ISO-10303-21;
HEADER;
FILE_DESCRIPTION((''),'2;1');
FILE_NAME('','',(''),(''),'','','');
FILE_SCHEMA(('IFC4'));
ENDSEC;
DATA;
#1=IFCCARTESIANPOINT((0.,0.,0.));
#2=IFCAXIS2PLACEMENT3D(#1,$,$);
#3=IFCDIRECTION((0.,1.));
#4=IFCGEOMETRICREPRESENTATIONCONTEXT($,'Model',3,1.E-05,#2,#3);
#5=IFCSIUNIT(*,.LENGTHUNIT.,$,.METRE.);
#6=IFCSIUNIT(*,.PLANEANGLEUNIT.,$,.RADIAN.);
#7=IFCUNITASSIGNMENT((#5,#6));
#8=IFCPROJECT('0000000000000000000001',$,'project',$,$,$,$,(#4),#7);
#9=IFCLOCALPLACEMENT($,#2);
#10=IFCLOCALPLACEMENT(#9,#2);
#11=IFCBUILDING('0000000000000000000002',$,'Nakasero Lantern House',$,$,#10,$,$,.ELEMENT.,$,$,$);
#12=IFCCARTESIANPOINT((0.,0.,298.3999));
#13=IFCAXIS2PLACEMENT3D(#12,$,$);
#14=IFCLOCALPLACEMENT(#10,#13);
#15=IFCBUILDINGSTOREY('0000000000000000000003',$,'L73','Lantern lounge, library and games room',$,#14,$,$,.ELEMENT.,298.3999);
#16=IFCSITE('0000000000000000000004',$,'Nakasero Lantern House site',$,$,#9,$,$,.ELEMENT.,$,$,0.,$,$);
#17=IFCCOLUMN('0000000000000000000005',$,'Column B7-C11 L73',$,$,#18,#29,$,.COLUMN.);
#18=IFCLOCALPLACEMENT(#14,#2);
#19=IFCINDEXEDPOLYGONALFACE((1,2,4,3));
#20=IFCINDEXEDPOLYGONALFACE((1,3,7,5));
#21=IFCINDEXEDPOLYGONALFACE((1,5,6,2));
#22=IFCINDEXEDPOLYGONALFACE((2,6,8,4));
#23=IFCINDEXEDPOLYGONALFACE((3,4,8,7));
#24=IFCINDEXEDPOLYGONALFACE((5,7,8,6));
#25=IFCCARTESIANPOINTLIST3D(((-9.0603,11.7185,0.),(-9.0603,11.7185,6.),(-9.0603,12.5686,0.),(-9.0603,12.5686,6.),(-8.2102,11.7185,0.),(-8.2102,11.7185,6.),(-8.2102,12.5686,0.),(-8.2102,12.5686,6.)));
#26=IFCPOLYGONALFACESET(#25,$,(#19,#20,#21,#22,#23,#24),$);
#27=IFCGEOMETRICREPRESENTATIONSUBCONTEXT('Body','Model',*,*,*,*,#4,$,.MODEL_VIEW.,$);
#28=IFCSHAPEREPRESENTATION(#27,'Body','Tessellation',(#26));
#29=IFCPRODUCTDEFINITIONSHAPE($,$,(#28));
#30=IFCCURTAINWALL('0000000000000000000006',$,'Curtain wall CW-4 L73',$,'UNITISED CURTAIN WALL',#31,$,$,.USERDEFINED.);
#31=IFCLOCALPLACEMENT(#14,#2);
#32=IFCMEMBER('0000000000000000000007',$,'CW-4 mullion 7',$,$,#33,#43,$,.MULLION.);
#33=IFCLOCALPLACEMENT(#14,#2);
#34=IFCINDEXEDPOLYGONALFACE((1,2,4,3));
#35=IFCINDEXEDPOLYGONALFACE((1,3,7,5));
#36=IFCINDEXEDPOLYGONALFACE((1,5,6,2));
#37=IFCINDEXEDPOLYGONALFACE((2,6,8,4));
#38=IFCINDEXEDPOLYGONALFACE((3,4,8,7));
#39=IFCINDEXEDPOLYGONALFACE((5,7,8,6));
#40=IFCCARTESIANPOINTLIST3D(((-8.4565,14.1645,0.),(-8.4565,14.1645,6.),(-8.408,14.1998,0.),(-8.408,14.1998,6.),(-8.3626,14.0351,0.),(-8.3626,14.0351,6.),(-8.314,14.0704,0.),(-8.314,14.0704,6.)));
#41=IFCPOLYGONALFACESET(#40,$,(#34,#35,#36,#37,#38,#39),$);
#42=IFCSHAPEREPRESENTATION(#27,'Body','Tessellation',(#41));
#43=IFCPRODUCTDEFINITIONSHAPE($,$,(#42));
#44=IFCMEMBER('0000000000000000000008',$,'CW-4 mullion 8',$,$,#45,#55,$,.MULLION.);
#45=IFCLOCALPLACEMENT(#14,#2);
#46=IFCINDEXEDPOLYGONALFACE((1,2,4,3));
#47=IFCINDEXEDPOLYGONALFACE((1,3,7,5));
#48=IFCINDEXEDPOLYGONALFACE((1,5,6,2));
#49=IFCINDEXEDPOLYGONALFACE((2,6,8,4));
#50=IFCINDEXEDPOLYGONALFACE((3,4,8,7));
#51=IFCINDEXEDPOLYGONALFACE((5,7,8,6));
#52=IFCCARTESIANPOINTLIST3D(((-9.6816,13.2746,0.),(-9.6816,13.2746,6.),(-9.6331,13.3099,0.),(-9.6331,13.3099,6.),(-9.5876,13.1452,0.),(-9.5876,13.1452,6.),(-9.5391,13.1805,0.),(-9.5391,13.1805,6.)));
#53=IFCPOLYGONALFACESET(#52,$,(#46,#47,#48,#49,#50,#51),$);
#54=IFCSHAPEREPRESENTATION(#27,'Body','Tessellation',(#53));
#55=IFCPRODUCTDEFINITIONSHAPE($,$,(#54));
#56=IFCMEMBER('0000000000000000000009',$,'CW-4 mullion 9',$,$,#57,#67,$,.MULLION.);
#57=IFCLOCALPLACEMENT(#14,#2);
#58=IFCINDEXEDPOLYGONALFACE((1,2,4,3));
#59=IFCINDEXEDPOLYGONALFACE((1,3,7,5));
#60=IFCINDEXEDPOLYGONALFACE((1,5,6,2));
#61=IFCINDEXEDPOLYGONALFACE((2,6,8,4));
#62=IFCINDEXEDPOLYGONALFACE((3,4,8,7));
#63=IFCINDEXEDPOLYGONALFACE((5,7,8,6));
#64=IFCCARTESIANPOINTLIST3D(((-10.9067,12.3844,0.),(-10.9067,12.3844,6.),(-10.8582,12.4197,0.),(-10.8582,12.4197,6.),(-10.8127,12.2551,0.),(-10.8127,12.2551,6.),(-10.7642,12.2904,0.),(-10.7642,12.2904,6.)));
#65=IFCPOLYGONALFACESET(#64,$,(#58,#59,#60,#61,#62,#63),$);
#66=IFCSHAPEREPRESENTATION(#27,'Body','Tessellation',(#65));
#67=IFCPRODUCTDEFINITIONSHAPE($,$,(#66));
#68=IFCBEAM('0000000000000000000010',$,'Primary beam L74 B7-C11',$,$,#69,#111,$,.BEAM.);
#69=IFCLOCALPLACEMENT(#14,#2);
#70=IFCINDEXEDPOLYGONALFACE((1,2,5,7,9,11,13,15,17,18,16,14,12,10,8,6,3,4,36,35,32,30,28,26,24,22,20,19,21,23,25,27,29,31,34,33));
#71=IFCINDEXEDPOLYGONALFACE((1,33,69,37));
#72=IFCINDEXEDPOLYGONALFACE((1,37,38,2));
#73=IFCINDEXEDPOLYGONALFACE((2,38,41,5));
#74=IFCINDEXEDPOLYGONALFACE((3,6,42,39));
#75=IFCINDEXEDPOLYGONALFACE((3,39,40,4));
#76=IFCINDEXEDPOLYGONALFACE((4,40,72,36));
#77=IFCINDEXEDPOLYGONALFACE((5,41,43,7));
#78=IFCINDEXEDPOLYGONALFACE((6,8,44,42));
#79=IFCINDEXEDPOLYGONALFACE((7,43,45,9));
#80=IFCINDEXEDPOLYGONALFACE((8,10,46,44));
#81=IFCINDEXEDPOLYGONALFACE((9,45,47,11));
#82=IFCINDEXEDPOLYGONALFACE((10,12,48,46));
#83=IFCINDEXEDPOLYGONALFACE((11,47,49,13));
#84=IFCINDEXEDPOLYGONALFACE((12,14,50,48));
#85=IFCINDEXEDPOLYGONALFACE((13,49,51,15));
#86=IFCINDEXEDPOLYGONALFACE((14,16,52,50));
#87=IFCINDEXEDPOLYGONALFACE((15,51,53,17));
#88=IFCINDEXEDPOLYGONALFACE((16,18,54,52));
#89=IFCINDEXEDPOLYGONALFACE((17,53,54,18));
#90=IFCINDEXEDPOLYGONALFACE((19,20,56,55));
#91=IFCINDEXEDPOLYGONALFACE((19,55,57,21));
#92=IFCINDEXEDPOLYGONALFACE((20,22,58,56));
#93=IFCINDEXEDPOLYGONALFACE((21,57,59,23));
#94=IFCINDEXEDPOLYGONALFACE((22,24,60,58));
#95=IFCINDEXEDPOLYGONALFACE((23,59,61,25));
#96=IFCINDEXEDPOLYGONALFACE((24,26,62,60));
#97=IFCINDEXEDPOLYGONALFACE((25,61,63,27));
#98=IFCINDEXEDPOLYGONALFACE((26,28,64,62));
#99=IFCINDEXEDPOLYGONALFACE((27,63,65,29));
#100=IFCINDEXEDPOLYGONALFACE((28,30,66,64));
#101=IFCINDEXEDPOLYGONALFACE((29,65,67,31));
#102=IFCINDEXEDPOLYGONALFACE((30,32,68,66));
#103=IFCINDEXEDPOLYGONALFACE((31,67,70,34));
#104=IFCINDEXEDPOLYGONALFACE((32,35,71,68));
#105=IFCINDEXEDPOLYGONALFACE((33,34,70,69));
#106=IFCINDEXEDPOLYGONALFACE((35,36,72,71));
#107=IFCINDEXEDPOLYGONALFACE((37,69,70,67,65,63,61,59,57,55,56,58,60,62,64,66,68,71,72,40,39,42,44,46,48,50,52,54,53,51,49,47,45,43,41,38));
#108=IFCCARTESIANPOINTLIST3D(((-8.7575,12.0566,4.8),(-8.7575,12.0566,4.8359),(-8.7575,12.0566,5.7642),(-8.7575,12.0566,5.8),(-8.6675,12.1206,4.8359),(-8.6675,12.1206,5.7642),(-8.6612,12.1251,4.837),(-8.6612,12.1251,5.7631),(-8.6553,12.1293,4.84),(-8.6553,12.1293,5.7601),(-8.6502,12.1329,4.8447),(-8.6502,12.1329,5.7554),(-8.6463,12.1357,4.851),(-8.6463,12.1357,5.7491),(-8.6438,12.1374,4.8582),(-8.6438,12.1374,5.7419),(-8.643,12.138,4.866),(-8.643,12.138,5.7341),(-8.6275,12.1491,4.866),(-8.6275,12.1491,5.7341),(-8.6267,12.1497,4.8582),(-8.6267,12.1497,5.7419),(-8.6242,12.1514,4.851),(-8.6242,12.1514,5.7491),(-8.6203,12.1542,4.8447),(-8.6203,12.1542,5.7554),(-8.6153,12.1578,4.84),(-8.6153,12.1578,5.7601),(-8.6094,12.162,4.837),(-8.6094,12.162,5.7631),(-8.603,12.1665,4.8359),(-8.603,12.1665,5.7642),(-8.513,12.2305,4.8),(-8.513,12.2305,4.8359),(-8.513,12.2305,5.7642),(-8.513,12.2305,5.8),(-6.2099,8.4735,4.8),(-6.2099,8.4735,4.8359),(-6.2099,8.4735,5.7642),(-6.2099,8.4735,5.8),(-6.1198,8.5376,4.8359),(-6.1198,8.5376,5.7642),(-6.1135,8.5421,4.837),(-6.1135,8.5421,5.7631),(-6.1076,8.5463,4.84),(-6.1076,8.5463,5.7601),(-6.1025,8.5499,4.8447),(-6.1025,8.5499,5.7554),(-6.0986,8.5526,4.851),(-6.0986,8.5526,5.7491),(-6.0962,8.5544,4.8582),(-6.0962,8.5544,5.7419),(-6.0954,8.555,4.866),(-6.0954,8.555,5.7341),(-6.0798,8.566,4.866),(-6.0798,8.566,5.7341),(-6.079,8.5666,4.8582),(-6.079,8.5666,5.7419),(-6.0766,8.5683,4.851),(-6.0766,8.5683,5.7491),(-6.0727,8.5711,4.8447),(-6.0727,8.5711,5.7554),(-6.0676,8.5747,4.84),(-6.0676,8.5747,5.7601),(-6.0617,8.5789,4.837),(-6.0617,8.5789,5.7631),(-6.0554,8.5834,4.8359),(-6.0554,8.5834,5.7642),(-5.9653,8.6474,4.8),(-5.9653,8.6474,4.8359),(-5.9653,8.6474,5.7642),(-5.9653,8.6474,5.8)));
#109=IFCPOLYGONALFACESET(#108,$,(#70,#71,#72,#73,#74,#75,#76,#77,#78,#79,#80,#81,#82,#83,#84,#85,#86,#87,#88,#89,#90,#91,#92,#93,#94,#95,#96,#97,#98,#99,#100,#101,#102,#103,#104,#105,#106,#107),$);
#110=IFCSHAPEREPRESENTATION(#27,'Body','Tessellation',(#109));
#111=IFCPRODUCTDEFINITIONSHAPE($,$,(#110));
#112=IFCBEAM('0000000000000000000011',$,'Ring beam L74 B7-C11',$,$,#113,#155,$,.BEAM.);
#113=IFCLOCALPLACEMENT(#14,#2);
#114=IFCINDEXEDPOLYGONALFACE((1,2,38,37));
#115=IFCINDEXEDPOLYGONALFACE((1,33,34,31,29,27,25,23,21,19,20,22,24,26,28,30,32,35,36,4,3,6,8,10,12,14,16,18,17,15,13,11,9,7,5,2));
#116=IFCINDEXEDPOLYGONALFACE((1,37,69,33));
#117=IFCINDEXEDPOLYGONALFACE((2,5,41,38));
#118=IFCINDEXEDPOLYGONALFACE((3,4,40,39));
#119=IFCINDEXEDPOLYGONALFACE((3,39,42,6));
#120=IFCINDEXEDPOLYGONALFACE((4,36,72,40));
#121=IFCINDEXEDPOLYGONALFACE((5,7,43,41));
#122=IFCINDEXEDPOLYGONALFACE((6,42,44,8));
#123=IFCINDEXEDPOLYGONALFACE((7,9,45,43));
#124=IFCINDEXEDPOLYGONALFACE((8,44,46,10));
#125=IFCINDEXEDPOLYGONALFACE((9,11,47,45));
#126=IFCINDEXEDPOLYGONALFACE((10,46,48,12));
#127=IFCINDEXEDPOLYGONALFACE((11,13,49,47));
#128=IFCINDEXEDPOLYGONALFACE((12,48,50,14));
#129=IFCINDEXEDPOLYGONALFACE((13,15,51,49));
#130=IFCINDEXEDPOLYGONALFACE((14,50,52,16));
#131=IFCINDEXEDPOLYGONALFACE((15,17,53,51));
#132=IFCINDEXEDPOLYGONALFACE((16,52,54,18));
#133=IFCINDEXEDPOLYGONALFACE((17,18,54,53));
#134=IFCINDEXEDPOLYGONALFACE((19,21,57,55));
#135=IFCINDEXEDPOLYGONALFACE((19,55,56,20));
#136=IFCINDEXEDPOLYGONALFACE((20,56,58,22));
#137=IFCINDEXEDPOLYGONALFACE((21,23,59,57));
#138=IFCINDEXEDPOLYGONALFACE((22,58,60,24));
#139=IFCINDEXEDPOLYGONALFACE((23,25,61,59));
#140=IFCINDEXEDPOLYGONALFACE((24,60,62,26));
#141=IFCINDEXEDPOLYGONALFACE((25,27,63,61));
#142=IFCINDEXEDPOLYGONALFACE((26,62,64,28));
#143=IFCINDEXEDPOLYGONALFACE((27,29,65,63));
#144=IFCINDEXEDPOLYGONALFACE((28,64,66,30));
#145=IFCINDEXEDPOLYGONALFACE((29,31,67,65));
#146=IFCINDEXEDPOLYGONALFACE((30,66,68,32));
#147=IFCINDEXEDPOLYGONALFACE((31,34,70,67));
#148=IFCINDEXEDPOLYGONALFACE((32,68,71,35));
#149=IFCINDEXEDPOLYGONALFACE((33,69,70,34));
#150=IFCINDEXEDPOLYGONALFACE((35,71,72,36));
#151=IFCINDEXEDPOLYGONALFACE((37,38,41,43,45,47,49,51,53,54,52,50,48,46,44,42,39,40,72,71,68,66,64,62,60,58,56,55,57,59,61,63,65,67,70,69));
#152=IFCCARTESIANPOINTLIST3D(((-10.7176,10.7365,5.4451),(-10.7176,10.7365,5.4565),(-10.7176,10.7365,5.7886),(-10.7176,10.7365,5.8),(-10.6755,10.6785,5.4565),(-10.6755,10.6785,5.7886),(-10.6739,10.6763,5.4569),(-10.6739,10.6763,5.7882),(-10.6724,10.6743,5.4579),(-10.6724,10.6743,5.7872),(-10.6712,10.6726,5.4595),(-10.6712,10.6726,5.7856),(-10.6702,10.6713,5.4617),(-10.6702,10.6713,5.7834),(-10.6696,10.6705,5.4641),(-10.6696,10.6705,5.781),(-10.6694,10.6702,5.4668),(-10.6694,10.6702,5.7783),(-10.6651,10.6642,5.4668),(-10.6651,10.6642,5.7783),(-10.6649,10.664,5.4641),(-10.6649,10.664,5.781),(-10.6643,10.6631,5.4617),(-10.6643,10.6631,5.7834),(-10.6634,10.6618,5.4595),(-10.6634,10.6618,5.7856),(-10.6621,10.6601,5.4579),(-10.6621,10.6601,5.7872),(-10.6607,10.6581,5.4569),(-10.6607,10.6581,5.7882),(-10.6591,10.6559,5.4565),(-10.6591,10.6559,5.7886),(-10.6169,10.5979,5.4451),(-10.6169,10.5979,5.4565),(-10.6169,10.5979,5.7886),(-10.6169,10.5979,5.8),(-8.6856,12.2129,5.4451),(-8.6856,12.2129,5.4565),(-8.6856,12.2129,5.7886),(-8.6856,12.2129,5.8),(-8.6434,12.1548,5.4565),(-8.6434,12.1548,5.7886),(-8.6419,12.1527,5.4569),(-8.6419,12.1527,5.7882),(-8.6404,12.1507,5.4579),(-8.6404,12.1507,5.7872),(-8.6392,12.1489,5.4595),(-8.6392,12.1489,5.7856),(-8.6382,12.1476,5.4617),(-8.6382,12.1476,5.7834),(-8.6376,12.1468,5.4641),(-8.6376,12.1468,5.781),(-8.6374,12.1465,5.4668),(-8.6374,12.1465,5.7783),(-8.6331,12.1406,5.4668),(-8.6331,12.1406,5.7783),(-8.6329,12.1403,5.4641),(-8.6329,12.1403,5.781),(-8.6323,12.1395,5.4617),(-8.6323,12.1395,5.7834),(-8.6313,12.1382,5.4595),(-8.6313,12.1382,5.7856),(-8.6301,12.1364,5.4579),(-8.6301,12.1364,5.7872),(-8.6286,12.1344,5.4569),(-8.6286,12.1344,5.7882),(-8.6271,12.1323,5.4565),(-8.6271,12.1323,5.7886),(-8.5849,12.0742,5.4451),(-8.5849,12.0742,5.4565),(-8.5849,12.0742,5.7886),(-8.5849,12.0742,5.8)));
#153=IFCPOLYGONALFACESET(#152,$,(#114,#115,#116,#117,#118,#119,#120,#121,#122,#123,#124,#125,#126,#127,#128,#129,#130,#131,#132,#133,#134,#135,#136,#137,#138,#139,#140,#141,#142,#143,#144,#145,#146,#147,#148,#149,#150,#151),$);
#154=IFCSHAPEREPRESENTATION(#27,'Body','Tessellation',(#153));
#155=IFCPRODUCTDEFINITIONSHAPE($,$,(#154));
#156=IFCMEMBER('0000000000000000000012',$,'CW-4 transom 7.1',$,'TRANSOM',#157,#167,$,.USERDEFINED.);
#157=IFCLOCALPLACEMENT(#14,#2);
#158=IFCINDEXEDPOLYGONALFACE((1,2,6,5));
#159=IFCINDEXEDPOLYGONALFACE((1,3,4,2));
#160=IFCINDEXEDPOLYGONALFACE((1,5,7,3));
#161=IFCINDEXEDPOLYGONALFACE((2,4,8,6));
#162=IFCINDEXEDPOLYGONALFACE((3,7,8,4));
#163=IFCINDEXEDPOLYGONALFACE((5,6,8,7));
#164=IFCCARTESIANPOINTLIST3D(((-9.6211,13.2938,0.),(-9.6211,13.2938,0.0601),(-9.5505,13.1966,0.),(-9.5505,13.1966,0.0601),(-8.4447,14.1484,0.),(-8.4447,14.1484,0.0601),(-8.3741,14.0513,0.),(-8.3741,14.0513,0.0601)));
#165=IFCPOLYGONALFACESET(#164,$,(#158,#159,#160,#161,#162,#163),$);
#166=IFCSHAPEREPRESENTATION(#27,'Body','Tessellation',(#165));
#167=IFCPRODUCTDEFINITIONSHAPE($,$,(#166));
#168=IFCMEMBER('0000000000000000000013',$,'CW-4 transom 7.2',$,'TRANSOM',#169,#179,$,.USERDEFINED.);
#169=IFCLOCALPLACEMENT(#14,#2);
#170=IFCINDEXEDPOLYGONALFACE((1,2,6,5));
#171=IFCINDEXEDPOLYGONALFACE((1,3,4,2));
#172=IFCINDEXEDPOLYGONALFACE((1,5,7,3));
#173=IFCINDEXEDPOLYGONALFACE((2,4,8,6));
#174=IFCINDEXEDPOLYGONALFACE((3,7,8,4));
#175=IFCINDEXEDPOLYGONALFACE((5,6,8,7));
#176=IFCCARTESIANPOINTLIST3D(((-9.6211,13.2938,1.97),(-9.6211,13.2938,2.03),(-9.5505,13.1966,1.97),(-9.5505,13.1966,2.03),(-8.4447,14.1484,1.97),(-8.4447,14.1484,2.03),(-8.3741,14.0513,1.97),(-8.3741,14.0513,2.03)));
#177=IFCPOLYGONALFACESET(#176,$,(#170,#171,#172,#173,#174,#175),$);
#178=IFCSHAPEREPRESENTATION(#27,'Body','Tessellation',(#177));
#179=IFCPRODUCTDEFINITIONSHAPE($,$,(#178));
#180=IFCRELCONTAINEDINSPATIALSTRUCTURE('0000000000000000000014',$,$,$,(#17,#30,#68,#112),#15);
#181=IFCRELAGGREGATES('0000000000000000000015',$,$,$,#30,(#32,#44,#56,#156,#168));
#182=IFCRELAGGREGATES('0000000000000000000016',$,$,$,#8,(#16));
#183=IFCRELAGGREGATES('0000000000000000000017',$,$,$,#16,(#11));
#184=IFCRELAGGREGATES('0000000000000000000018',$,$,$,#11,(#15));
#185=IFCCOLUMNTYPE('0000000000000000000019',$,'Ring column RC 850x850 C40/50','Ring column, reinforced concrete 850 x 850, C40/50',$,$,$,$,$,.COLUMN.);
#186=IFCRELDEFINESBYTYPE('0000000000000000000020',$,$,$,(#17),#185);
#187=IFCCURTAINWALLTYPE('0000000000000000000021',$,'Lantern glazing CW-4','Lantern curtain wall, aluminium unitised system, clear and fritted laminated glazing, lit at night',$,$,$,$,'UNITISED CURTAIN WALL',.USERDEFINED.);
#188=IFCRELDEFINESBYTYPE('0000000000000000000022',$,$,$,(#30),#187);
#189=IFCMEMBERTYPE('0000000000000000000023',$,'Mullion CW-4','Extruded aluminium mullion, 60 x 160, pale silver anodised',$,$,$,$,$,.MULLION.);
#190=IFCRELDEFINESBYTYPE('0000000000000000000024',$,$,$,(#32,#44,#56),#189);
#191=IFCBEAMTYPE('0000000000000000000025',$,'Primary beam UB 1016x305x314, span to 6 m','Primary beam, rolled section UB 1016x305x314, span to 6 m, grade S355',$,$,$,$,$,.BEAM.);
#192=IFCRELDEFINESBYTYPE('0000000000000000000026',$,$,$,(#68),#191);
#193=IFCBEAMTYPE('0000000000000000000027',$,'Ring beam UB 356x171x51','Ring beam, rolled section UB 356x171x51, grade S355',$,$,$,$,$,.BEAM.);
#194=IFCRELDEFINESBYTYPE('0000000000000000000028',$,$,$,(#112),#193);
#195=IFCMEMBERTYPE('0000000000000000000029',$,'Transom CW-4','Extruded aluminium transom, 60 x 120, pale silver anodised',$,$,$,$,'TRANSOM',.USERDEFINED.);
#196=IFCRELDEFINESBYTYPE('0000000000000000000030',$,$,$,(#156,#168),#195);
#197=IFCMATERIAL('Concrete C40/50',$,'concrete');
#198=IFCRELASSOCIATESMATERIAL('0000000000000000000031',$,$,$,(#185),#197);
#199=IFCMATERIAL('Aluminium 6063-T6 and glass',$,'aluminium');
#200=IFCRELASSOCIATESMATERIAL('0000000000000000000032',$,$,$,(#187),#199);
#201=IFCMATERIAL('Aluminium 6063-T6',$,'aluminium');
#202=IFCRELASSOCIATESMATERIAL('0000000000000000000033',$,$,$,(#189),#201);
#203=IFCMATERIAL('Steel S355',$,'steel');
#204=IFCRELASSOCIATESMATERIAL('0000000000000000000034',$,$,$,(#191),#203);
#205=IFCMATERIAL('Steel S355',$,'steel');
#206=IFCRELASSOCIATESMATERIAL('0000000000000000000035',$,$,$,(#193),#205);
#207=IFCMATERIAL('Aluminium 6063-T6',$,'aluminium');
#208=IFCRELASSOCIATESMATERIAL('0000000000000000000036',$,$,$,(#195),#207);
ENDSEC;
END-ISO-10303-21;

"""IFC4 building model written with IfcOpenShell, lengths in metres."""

from ifc_helpers import new_model, si_unit, direction, frame, origin, origin_2d, place, context, subcontext, project, spatial, rectangle, i_section, extrude, material, material_profile, profile_set, type_object, element, aggregate, save


model = new_model("IFC4")

# Units and contexts
model_context = context("Model", 3, precision=1e-05, world=origin(), true_north=direction((0.0, 1.0)))
body_context = subcontext(model_context, "Body", "Model", "MODEL_VIEW")
ifc_project = project(units=[si_unit("LENGTHUNIT", "METRE"), si_unit("PLANEANGLEUNIT", "RADIAN")], contexts=[model_context])

# Site, building, storey
site_placement = place(None, origin())
site = spatial("IfcSite", under=ifc_project, at=site_placement, Name="Nakasero Lantern House site", CompositionType="ELEMENT", RefElevation=0.0)
building_placement = place(site_placement, origin())
building = spatial("IfcBuilding", under=site, at=building_placement, Name="Nakasero Lantern House", CompositionType="ELEMENT")
storey_placement = place(building_placement, frame((0.0, 0.0, 298.3999)))
storey = spatial("IfcBuildingStorey", under=building, at=storey_placement, Name="L73", Description="Lantern lounge, library and games room", CompositionType="ELEMENT", Elevation=298.3999)

# Column
ifc_material_1 = material(Name="Concrete C40/50", Category="concrete")
ifc_material_profile_1 = material_profile(ifc_material_1, rectangle(XDim=0.8501, YDim=0.8501, at=origin_2d()), Name="RC 850x850")
ifc_profile_set_1 = profile_set([ifc_material_profile_1], Name="Concrete C40/50")
column_type = type_object("IfcColumnType", Name="Ring column RC 850x850 C40/50", Description="Ring column, reinforced concrete 850 x 850, C40/50", PredefinedType="COLUMN", material=ifc_profile_set_1)
column_placement = place(storey_placement, frame((-8.6353, 12.1436, 0.0), z_axis=(0.0, 0.0, 1.0), x_axis=(1.0, 0.0, 0.0)))
element("IfcColumn", 1, at=column_placement, inside=storey, type_object=column_type, Name="Column B7-C11 L73", PredefinedType="COLUMN", context=body_context, shape_type="SweptSolid", body=[
    extrude(rectangle(XDim=0.8501, YDim=0.8501, at=origin_2d()), origin(), (0.0, 0.0, 1.0), 6.0),
])

# Curtain wall, members
ifc_material_2 = material(Name="Aluminium 6063-T6 and glass", Category="aluminium")
curtain_wall_type = type_object("IfcCurtainWallType", Name="Lantern glazing CW-4", Description="Lantern curtain wall, aluminium unitised system, clear and fritted laminated glazing, lit at night", ElementType="UNITISED CURTAIN WALL", PredefinedType="USERDEFINED", material=ifc_material_2)
curtain_wall_placement = place(storey_placement, origin())
curtain_wall = element("IfcCurtainWall", 2, at=curtain_wall_placement, inside=storey, type_object=curtain_wall_type, Name="Curtain wall CW-4 L73", ObjectType="UNITISED CURTAIN WALL", PredefinedType="USERDEFINED")
ifc_material_3 = material(Name="Aluminium 6063-T6", Category="aluminium")
ifc_material_profile_2 = material_profile(ifc_material_3, rectangle(XDim=0.0601, YDim=0.1599, at=origin_2d()), Name="CW-4 mullion 60x160")
ifc_profile_set_2 = profile_set([ifc_material_profile_2], Name="Aluminium 6063-T6")
member_type_1 = type_object("IfcMemberType", Name="Mullion CW-4", Description="Extruded aluminium mullion, 60 x 160, pale silver anodised", PredefinedType="MULLION", material=ifc_profile_set_2)
member_1_placement = place(storey_placement, frame((-8.3853, 14.1174, 0.0), z_axis=(0.0, 0.0, 1.0), x_axis=(-0.809017, -0.587785, 0.0)))
member_1 = element("IfcMember", 3, at=member_1_placement, type_object=member_type_1, Name="CW-4 mullion 7", PredefinedType="MULLION", context=body_context, shape_type="SweptSolid", body=[
    extrude(rectangle(XDim=0.0601, YDim=0.1599, at=origin_2d()), origin(), (0.0, 0.0, 1.0), 6.0),
])
member_2_placement = place(storey_placement, frame((-9.6104, 13.2275, 0.0), z_axis=(0.0, 0.0, 1.0), x_axis=(-0.809017, -0.587785, 0.0)))
member_2 = element("IfcMember", 4, at=member_2_placement, type_object=member_type_1, Name="CW-4 mullion 8", PredefinedType="MULLION", context=body_context, shape_type="SweptSolid", body=[
    extrude(rectangle(XDim=0.0601, YDim=0.1599, at=origin_2d()), origin(), (0.0, 0.0, 1.0), 6.0),
])
member_3_placement = place(storey_placement, frame((-10.8354, 12.3374, 0.0), z_axis=(0.0, 0.0, 1.0), x_axis=(-0.809017, -0.587785, 0.0)))
member_3 = element("IfcMember", 5, at=member_3_placement, type_object=member_type_1, Name="CW-4 mullion 9", PredefinedType="MULLION", context=body_context, shape_type="SweptSolid", body=[
    extrude(rectangle(XDim=0.0601, YDim=0.1599, at=origin_2d()), origin(), (0.0, 0.0, 1.0), 6.0),
])

# Beams
ifc_material_4 = material(Name="Steel S355", Category="steel")
ifc_material_profile_3 = material_profile(ifc_material_4, i_section(OverallWidth=0.3, OverallDepth=1.0, WebThickness=0.019, FlangeThickness=0.0359, FilletRadius=0.03, at=origin_2d()), Name="UB 1016x305x314")
ifc_profile_set_3 = profile_set([ifc_material_profile_3], Name="Steel S355")
beam_type_1 = type_object("IfcBeamType", Name="Primary beam UB 1016x305x314, span to 6 m", Description="Primary beam, rolled section UB 1016x305x314, span to 6 m, grade S355", PredefinedType="BEAM", material=ifc_profile_set_3)
beam_1_placement = place(storey_placement, frame((-8.6353, 12.1436, 5.3), z_axis=(0.579477, -0.814989, 0.0), x_axis=(0.814989, 0.579477, 0.0)))
element("IfcBeam", 6, at=beam_1_placement, inside=storey, type_object=beam_type_1, Name="Primary beam L74 B7-C11", PredefinedType="BEAM", context=body_context, shape_type="SweptSolid", body=[
    extrude(i_section(OverallWidth=0.3, OverallDepth=1.0, WebThickness=0.019, FlangeThickness=0.0359, FilletRadius=0.03, at=origin_2d()), origin(), (0.0, 0.0, 1.0), 4.3965),
])
ifc_material_5 = material(Name="Steel S355", Category="steel")
ifc_material_profile_4 = material_profile(ifc_material_5, i_section(OverallWidth=0.1714, OverallDepth=0.355, WebThickness=0.0073, FlangeThickness=0.0115, FilletRadius=0.0103, at=origin_2d()), Name="UB 356x171x51")
ifc_profile_set_4 = profile_set([ifc_material_profile_4], Name="Steel S355")
beam_type_2 = type_object("IfcBeamType", Name="Ring beam UB 356x171x51", Description="Ring beam, rolled section UB 356x171x51, grade S355", PredefinedType="BEAM", material=ifc_profile_set_4)
beam_2_placement = place(storey_placement, frame((-8.6353, 12.1436, 5.6226), z_axis=(-0.809018, -0.587784, 0.0), x_axis=(0.587784, -0.809018, 0.0)))
element("IfcBeam", 7, at=beam_2_placement, inside=storey, type_object=beam_type_2, Name="Ring beam L74 B7-C11", PredefinedType="BEAM", context=body_context, shape_type="SweptSolid", body=[
    extrude(i_section(OverallWidth=0.1714, OverallDepth=0.355, WebThickness=0.0073, FlangeThickness=0.0115, FilletRadius=0.0103, at=origin_2d()), origin(), (0.0, 0.0, 1.0), 2.5117),
])

# Members
ifc_material_6 = material(Name="Aluminium 6063-T6", Category="aluminium")
ifc_material_profile_5 = material_profile(ifc_material_6, rectangle(XDim=0.0601, YDim=0.1201, at=origin_2d()), Name="CW-4 transom 60x120")
ifc_profile_set_5 = profile_set([ifc_material_profile_5], Name="Aluminium 6063-T6")
member_type_2 = type_object("IfcMemberType", Name="Transom CW-4", Description="Extruded aluminium transom, 60 x 120, pale silver anodised", ElementType="TRANSOM", PredefinedType="USERDEFINED", material=ifc_profile_set_5)
member_4_placement = place(storey_placement, frame((-8.4094, 14.0999, 0.03), z_axis=(-0.809034, -0.587762, 0.0), x_axis=(0.0, 0.0, 1.0)))
member_4 = element("IfcMember", 8, at=member_4_placement, type_object=member_type_2, Name="CW-4 transom 7.1", ObjectType="TRANSOM", PredefinedType="USERDEFINED", context=body_context, shape_type="SweptSolid", body=[
    extrude(rectangle(XDim=0.0601, YDim=0.1201, at=origin_2d()), origin(), (0.0, 0.0, 1.0), 1.4541),
])
member_5_placement = place(storey_placement, frame((-8.4094, 14.0999, 2.0), z_axis=(-0.809034, -0.587762, 0.0), x_axis=(0.0, 0.0, 1.0)))
member_5 = element("IfcMember", 9, at=member_5_placement, type_object=member_type_2, Name="CW-4 transom 7.2", ObjectType="TRANSOM", PredefinedType="USERDEFINED", context=body_context, shape_type="SweptSolid", body=[
    extrude(rectangle(XDim=0.0601, YDim=0.1201, at=origin_2d()), origin(), (0.0, 0.0, 1.0), 1.4541),
])

aggregate(curtain_wall, [member_1, member_2, member_3, member_4, member_5])

save(model, "model.ifc")
